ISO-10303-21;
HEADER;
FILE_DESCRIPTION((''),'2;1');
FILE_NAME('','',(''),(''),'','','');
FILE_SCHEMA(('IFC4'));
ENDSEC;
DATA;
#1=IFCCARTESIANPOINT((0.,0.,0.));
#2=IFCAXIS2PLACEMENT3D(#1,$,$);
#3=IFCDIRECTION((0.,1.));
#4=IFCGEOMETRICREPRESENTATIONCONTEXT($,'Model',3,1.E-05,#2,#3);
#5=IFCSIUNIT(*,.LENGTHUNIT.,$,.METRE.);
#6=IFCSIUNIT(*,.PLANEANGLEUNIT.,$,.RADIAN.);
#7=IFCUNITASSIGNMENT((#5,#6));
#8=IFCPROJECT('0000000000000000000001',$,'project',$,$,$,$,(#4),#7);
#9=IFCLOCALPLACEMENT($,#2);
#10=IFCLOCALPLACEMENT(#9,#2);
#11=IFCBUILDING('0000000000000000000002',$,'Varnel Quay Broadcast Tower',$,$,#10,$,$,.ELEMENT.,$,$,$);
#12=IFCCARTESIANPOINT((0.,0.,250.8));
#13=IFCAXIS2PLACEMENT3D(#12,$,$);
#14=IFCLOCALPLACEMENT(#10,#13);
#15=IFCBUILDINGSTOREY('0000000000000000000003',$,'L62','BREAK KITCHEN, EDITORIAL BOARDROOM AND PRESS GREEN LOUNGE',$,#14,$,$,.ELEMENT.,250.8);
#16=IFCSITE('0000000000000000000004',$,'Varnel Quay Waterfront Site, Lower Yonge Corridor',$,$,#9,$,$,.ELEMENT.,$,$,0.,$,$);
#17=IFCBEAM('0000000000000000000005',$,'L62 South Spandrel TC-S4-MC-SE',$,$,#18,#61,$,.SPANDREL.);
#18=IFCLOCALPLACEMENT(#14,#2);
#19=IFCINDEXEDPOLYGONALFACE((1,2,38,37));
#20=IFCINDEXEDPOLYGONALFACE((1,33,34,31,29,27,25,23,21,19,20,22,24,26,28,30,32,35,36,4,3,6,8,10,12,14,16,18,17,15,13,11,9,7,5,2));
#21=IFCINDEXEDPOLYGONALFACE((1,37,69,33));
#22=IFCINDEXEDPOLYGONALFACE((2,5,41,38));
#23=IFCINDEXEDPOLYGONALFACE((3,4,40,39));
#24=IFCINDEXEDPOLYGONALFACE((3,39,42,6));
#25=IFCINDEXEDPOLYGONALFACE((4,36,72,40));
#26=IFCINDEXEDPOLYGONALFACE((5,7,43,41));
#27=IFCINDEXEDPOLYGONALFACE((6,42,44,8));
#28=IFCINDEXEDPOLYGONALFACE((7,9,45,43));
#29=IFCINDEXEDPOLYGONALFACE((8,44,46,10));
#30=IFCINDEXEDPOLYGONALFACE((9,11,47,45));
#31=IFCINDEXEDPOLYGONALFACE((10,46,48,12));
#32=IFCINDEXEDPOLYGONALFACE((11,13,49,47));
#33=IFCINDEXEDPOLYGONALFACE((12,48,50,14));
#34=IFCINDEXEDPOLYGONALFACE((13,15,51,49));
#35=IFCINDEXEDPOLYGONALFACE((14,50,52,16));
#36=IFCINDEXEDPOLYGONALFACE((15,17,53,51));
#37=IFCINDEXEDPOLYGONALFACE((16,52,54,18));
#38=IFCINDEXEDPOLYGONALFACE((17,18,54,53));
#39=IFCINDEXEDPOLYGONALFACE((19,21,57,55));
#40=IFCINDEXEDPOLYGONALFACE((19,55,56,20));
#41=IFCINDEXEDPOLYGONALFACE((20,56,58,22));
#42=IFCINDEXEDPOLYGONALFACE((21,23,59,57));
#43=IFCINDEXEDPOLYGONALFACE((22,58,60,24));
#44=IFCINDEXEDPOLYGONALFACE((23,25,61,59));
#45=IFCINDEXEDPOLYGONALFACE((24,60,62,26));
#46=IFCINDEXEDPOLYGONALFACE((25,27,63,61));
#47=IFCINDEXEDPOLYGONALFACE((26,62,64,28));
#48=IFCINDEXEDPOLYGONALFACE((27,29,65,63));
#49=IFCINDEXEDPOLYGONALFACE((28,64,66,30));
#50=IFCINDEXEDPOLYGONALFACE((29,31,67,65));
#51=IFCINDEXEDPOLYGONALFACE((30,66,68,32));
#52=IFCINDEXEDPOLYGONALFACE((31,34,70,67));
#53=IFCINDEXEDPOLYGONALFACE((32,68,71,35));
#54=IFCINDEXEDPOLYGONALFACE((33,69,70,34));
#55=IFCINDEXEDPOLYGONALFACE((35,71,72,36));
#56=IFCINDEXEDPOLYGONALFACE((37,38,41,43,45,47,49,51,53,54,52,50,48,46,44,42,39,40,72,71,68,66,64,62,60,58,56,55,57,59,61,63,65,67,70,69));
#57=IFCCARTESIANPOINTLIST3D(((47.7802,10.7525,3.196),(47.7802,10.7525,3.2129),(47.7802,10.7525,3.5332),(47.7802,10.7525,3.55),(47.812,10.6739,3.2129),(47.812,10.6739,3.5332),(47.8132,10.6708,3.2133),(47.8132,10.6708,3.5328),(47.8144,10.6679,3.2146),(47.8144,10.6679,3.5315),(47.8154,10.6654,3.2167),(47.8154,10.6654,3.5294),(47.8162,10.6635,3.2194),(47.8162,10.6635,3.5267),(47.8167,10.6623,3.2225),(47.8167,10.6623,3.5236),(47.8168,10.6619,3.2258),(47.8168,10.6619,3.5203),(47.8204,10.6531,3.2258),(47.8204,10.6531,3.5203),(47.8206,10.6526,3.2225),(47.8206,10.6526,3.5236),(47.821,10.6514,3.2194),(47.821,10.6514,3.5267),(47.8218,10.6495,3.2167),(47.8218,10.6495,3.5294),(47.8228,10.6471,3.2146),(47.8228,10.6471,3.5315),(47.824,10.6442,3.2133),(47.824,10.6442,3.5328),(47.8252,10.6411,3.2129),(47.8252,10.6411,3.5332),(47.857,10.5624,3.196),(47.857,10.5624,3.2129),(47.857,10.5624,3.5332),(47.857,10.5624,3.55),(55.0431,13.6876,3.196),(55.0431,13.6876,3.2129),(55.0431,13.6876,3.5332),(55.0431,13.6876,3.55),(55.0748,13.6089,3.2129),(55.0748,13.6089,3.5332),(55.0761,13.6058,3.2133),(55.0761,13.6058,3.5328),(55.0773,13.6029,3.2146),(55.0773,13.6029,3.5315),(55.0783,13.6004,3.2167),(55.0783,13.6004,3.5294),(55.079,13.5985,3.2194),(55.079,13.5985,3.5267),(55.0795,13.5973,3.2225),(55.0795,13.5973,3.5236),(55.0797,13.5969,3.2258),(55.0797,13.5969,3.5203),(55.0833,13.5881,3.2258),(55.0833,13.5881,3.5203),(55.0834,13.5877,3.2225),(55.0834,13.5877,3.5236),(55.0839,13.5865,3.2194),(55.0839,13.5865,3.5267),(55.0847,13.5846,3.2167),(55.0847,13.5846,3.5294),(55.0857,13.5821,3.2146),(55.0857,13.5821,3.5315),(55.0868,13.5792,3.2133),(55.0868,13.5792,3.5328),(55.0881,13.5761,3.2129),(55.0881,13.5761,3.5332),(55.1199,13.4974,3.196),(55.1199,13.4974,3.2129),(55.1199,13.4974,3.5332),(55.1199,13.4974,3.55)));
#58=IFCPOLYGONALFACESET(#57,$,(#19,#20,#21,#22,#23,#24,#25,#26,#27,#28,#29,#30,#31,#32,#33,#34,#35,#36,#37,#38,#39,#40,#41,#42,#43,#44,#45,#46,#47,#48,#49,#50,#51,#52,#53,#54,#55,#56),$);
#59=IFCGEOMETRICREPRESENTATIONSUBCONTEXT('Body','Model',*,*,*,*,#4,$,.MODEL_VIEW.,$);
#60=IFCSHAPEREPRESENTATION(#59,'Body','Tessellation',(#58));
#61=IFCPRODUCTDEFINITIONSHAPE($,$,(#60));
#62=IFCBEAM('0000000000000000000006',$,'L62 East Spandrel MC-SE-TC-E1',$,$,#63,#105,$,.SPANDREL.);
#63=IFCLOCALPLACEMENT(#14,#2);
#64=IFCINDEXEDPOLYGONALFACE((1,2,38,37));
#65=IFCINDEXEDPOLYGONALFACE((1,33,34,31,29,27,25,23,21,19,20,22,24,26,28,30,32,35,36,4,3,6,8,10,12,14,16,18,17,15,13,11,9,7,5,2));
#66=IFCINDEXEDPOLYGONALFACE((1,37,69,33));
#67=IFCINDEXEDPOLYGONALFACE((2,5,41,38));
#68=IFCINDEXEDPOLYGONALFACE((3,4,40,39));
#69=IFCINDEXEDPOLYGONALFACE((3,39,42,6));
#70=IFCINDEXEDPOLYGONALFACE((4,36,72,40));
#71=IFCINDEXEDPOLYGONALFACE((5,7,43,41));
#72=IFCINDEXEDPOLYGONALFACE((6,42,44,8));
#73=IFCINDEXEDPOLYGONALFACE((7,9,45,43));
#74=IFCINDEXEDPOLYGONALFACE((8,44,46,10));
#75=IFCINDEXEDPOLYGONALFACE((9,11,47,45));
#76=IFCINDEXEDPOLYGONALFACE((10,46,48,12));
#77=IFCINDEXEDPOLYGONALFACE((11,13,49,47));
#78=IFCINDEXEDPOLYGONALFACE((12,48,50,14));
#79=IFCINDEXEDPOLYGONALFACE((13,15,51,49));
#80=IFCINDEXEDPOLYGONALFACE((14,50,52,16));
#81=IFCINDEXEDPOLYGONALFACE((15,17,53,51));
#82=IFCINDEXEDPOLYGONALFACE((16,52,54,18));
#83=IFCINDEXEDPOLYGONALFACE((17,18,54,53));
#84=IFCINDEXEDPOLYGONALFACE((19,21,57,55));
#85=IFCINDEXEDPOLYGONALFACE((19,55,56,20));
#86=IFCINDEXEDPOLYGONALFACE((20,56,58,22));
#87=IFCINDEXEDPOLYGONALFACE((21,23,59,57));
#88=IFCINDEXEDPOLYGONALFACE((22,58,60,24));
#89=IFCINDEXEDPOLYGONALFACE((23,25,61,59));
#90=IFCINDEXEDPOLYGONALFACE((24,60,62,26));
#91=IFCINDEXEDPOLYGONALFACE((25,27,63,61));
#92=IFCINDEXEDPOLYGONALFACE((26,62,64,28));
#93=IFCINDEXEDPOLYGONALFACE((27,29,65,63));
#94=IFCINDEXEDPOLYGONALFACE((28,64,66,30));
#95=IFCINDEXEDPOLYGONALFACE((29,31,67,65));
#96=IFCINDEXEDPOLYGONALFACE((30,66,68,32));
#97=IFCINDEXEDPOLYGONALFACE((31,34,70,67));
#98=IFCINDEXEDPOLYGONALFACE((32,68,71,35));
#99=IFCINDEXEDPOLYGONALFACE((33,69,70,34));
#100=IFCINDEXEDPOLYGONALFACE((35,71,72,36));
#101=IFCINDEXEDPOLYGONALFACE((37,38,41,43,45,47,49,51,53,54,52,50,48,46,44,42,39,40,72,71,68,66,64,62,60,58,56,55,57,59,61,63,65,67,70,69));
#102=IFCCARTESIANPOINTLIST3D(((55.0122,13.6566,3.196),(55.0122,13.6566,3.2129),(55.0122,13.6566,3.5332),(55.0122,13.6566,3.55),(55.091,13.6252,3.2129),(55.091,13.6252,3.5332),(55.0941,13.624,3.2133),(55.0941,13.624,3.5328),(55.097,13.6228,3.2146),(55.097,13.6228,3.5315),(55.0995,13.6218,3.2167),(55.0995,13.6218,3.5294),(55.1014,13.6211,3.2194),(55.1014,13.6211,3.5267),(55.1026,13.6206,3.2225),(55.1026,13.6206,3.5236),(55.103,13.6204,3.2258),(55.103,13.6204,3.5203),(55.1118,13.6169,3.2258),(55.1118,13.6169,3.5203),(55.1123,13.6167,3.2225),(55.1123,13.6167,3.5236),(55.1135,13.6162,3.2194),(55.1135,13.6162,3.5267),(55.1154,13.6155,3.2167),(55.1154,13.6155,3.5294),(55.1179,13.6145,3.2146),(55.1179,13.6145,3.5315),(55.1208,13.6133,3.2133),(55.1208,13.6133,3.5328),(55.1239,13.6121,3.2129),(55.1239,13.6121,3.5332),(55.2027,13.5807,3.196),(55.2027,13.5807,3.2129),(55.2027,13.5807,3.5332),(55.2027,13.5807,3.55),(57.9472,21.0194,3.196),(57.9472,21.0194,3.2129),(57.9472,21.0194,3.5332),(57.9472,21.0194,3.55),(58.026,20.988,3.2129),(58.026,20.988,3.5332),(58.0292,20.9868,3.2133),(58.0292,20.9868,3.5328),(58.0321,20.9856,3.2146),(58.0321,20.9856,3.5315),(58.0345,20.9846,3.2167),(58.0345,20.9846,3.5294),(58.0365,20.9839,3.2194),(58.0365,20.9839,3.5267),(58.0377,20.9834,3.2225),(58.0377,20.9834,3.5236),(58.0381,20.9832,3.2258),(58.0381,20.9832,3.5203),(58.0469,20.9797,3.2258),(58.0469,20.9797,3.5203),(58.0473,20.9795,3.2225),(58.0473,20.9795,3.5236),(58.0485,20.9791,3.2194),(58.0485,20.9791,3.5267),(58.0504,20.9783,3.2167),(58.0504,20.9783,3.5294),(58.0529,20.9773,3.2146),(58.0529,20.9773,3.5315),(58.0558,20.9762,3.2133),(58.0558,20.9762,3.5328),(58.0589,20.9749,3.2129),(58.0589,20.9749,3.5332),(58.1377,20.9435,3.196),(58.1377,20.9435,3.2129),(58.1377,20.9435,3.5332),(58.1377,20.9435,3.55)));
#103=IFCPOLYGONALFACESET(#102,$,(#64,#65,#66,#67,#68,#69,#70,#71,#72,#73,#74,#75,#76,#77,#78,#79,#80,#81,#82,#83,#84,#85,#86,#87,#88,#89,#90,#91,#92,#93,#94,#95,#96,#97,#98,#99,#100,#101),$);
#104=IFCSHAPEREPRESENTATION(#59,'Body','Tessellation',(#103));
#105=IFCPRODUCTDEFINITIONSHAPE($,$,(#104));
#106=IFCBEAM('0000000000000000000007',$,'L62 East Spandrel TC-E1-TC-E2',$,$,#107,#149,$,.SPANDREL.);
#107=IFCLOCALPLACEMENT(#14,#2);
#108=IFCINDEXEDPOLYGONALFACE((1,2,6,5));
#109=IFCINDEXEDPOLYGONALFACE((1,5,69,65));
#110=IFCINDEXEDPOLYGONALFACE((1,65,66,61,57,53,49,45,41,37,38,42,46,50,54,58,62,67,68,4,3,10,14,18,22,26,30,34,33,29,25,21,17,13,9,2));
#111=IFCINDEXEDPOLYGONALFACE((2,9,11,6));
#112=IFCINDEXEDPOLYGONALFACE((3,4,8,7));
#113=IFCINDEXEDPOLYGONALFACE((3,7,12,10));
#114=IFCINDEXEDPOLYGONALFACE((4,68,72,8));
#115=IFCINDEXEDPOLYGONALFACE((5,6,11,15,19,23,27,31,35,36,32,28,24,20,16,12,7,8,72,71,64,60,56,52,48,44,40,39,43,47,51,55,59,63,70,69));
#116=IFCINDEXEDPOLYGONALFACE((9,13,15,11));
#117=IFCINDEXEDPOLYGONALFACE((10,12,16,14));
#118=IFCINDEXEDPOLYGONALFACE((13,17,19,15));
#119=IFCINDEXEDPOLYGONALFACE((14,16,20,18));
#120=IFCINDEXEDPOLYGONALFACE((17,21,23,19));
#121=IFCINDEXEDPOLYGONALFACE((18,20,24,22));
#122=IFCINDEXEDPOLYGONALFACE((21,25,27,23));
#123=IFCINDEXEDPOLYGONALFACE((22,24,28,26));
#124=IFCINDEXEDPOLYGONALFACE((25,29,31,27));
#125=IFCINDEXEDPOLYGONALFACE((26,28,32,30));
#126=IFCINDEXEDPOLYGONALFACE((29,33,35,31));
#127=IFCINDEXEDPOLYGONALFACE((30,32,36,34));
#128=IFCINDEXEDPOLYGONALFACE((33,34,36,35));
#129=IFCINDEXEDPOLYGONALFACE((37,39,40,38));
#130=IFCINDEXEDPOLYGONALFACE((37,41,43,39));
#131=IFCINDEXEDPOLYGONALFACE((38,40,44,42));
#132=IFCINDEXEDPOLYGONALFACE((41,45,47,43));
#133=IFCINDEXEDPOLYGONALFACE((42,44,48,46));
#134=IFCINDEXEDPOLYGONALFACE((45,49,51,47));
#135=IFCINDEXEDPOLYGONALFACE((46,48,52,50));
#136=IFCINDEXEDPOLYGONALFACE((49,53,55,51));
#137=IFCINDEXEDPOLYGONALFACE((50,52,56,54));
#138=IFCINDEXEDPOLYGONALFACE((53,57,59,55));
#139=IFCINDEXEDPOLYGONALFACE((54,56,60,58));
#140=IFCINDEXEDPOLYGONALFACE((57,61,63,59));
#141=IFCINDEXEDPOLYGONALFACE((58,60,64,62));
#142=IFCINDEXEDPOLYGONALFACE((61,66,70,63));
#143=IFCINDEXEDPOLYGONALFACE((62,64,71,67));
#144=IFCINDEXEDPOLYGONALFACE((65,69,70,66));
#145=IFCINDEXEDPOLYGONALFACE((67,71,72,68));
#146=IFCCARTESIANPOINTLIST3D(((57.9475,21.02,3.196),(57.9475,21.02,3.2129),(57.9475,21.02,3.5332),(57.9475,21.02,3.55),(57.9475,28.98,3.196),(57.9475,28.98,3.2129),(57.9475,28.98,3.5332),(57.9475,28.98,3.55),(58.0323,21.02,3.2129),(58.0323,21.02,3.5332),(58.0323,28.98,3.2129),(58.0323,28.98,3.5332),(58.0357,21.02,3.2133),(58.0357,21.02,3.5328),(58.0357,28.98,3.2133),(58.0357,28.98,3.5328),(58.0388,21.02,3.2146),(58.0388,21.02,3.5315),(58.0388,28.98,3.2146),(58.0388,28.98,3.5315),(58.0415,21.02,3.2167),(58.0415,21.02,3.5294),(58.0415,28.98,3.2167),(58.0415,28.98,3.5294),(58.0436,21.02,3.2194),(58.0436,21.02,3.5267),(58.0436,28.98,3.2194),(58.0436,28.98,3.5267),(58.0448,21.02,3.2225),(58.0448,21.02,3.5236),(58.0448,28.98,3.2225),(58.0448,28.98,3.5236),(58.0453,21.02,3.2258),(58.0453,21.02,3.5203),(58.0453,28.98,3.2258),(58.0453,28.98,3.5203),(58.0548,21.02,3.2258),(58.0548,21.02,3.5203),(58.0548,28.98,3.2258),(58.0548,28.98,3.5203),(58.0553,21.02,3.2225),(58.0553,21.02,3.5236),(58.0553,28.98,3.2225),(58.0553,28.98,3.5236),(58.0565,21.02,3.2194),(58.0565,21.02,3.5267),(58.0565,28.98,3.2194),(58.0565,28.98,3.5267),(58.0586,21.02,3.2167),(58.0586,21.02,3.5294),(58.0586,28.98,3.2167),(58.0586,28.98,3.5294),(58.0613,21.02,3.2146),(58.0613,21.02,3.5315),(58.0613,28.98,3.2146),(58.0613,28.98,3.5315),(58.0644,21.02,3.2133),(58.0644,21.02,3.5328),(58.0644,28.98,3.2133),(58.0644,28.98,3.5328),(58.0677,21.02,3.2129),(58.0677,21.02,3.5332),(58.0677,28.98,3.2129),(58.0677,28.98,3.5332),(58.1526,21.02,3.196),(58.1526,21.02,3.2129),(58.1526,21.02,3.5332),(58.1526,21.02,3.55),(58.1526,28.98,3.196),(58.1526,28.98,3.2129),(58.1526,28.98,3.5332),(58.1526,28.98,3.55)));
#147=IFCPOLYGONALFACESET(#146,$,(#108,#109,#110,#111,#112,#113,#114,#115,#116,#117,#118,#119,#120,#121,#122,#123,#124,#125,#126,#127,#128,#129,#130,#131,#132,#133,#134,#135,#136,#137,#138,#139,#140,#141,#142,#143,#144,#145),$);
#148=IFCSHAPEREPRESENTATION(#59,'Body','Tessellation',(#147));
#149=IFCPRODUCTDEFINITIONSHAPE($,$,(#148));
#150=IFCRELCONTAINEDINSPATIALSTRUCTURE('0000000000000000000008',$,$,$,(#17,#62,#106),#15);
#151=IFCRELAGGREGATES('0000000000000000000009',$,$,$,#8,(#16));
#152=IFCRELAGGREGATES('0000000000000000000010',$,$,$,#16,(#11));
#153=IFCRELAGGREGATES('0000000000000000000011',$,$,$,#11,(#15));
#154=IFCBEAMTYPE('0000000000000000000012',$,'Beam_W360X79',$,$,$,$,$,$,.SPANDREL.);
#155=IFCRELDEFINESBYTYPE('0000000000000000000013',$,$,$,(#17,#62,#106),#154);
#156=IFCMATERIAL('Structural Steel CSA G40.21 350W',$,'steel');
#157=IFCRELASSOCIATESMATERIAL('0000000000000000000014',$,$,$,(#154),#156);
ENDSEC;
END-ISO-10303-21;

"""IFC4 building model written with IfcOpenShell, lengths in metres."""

from ifc_helpers import new_model, si_unit, direction, frame, origin, origin_2d, place, context, subcontext, project, spatial, i_section, extrude, source, transform, mapped, material, material_profile, profile_set, type_object, type_shapes, element, save


model = new_model("IFC4")

# Units and contexts
model_context = context("Model", 3, precision=1e-05, world=origin(), true_north=direction((0.0, 1.0)))
body_context = subcontext(model_context, "Body", "Model", "MODEL_VIEW")
ifc_project = project(units=[si_unit("LENGTHUNIT", "METRE"), si_unit("PLANEANGLEUNIT", "RADIAN")], contexts=[model_context])

# Site, building, storey
site_placement = place(None, origin())
site = spatial("IfcSite", under=ifc_project, at=site_placement, Name="Varnel Quay Waterfront Site, Lower Yonge Corridor", CompositionType="ELEMENT", RefElevation=0.0)
building_placement = place(site_placement, origin())
building = spatial("IfcBuilding", under=site, at=building_placement, Name="Varnel Quay Broadcast Tower", CompositionType="ELEMENT")
storey_placement = place(building_placement, frame((0.0, 0.0, 250.8)))
storey = spatial("IfcBuildingStorey", under=building, at=storey_placement, Name="L62", Description="BREAK KITCHEN, EDITORIAL BOARDROOM AND PRESS GREEN LOUNGE", CompositionType="ELEMENT", Elevation=250.8)

# Shared definitions
ifc_material_1 = material(Name="Structural Steel CSA G40.21 350W", Category="steel")

# Beams
ifc_material_profile_1 = material_profile(ifc_material_1, i_section(OverallWidth=0.2051, OverallDepth=0.354, WebThickness=0.0095, FlangeThickness=0.0168, FilletRadius=0.0129, at=origin_2d()), Name="W360X79")
ifc_profile_set_1 = profile_set([ifc_material_profile_1], Name="Structural Steel CSA G40.21 350W")
beam_type_1 = type_object("IfcBeamType", Name="Beam_W360X79", PredefinedType="SPANDREL", material=ifc_profile_set_1)
shared_shape_1 = source(origin(), body_context, "Body", "SweptSolid", [
    extrude(i_section(OverallWidth=0.2051, OverallDepth=0.354, WebThickness=0.0095, FlangeThickness=0.0168, FilletRadius=0.0129, at=origin_2d()), origin(), (0.0, 0.0, 1.0), 7.8335),
])
beam_1_placement = place(storey_placement, frame((47.8186, 10.6575, 3.373), z_axis=(0.927155, 0.374677, 0.0), x_axis=(-0.374677, 0.927155, 0.0)))
element("IfcBeam", 1, at=beam_1_placement, inside=storey, type_object=beam_type_1, Name="L62 South Spandrel TC-S4-MC-SE", PredefinedType="SPANDREL", context=body_context, shape_type="MappedRepresentation", body=[
    mapped(shared_shape_1, transform((0.0, 0.0, 0.0), x_axis=(1.0, 0.0, 0.0), y_axis=(0.0, 1.0, 0.0), z_axis=(0.0, 0.0, 1.0), scale=1.0)),
])
shared_shape_2 = source(origin(), body_context, "Body", "SweptSolid", [
    extrude(i_section(OverallWidth=0.2051, OverallDepth=0.354, WebThickness=0.0095, FlangeThickness=0.0168, FilletRadius=0.0129, at=origin_2d()), origin(), (0.0, 0.0, 1.0), 7.9263),
])
beam_2_placement = place(storey_placement, frame((55.1074, 13.6187, 3.373), z_axis=(0.370296, 0.928914, 0.0), x_axis=(-0.928914, 0.370296, 0.0)))
element("IfcBeam", 2, at=beam_2_placement, inside=storey, type_object=beam_type_1, Name="L62 East Spandrel MC-SE-TC-E1", PredefinedType="SPANDREL", context=body_context, shape_type="MappedRepresentation", body=[
    mapped(shared_shape_2, transform((0.0, 0.0, 0.0), x_axis=(1.0, 0.0, 0.0), y_axis=(0.0, 1.0, 0.0), z_axis=(0.0, 0.0, 1.0), scale=1.0)),
])
shared_shape_3 = source(origin(), body_context, "Body", "SweptSolid", [
    extrude(i_section(OverallWidth=0.2051, OverallDepth=0.354, WebThickness=0.0095, FlangeThickness=0.0168, FilletRadius=0.0129, at=origin_2d()), origin(), (0.0, 0.0, 1.0), 7.96),
])
type_shapes(beam_type_1, [shared_shape_1, shared_shape_2, shared_shape_3])
beam_3_placement = place(storey_placement, frame((58.05, 21.02, 3.373), z_axis=(0.0, 1.0, 0.0), x_axis=(-1.0, 0.0, 0.0)))
element("IfcBeam", 3, at=beam_3_placement, inside=storey, type_object=beam_type_1, Name="L62 East Spandrel TC-E1-TC-E2", PredefinedType="SPANDREL", context=body_context, shape_type="MappedRepresentation", body=[
    mapped(shared_shape_3, transform((0.0, 0.0, 0.0), x_axis=(1.0, 0.0, 0.0), y_axis=(0.0, 1.0, 0.0), z_axis=(0.0, 0.0, 1.0), scale=1.0)),
])

save(model, "model.ifc")
